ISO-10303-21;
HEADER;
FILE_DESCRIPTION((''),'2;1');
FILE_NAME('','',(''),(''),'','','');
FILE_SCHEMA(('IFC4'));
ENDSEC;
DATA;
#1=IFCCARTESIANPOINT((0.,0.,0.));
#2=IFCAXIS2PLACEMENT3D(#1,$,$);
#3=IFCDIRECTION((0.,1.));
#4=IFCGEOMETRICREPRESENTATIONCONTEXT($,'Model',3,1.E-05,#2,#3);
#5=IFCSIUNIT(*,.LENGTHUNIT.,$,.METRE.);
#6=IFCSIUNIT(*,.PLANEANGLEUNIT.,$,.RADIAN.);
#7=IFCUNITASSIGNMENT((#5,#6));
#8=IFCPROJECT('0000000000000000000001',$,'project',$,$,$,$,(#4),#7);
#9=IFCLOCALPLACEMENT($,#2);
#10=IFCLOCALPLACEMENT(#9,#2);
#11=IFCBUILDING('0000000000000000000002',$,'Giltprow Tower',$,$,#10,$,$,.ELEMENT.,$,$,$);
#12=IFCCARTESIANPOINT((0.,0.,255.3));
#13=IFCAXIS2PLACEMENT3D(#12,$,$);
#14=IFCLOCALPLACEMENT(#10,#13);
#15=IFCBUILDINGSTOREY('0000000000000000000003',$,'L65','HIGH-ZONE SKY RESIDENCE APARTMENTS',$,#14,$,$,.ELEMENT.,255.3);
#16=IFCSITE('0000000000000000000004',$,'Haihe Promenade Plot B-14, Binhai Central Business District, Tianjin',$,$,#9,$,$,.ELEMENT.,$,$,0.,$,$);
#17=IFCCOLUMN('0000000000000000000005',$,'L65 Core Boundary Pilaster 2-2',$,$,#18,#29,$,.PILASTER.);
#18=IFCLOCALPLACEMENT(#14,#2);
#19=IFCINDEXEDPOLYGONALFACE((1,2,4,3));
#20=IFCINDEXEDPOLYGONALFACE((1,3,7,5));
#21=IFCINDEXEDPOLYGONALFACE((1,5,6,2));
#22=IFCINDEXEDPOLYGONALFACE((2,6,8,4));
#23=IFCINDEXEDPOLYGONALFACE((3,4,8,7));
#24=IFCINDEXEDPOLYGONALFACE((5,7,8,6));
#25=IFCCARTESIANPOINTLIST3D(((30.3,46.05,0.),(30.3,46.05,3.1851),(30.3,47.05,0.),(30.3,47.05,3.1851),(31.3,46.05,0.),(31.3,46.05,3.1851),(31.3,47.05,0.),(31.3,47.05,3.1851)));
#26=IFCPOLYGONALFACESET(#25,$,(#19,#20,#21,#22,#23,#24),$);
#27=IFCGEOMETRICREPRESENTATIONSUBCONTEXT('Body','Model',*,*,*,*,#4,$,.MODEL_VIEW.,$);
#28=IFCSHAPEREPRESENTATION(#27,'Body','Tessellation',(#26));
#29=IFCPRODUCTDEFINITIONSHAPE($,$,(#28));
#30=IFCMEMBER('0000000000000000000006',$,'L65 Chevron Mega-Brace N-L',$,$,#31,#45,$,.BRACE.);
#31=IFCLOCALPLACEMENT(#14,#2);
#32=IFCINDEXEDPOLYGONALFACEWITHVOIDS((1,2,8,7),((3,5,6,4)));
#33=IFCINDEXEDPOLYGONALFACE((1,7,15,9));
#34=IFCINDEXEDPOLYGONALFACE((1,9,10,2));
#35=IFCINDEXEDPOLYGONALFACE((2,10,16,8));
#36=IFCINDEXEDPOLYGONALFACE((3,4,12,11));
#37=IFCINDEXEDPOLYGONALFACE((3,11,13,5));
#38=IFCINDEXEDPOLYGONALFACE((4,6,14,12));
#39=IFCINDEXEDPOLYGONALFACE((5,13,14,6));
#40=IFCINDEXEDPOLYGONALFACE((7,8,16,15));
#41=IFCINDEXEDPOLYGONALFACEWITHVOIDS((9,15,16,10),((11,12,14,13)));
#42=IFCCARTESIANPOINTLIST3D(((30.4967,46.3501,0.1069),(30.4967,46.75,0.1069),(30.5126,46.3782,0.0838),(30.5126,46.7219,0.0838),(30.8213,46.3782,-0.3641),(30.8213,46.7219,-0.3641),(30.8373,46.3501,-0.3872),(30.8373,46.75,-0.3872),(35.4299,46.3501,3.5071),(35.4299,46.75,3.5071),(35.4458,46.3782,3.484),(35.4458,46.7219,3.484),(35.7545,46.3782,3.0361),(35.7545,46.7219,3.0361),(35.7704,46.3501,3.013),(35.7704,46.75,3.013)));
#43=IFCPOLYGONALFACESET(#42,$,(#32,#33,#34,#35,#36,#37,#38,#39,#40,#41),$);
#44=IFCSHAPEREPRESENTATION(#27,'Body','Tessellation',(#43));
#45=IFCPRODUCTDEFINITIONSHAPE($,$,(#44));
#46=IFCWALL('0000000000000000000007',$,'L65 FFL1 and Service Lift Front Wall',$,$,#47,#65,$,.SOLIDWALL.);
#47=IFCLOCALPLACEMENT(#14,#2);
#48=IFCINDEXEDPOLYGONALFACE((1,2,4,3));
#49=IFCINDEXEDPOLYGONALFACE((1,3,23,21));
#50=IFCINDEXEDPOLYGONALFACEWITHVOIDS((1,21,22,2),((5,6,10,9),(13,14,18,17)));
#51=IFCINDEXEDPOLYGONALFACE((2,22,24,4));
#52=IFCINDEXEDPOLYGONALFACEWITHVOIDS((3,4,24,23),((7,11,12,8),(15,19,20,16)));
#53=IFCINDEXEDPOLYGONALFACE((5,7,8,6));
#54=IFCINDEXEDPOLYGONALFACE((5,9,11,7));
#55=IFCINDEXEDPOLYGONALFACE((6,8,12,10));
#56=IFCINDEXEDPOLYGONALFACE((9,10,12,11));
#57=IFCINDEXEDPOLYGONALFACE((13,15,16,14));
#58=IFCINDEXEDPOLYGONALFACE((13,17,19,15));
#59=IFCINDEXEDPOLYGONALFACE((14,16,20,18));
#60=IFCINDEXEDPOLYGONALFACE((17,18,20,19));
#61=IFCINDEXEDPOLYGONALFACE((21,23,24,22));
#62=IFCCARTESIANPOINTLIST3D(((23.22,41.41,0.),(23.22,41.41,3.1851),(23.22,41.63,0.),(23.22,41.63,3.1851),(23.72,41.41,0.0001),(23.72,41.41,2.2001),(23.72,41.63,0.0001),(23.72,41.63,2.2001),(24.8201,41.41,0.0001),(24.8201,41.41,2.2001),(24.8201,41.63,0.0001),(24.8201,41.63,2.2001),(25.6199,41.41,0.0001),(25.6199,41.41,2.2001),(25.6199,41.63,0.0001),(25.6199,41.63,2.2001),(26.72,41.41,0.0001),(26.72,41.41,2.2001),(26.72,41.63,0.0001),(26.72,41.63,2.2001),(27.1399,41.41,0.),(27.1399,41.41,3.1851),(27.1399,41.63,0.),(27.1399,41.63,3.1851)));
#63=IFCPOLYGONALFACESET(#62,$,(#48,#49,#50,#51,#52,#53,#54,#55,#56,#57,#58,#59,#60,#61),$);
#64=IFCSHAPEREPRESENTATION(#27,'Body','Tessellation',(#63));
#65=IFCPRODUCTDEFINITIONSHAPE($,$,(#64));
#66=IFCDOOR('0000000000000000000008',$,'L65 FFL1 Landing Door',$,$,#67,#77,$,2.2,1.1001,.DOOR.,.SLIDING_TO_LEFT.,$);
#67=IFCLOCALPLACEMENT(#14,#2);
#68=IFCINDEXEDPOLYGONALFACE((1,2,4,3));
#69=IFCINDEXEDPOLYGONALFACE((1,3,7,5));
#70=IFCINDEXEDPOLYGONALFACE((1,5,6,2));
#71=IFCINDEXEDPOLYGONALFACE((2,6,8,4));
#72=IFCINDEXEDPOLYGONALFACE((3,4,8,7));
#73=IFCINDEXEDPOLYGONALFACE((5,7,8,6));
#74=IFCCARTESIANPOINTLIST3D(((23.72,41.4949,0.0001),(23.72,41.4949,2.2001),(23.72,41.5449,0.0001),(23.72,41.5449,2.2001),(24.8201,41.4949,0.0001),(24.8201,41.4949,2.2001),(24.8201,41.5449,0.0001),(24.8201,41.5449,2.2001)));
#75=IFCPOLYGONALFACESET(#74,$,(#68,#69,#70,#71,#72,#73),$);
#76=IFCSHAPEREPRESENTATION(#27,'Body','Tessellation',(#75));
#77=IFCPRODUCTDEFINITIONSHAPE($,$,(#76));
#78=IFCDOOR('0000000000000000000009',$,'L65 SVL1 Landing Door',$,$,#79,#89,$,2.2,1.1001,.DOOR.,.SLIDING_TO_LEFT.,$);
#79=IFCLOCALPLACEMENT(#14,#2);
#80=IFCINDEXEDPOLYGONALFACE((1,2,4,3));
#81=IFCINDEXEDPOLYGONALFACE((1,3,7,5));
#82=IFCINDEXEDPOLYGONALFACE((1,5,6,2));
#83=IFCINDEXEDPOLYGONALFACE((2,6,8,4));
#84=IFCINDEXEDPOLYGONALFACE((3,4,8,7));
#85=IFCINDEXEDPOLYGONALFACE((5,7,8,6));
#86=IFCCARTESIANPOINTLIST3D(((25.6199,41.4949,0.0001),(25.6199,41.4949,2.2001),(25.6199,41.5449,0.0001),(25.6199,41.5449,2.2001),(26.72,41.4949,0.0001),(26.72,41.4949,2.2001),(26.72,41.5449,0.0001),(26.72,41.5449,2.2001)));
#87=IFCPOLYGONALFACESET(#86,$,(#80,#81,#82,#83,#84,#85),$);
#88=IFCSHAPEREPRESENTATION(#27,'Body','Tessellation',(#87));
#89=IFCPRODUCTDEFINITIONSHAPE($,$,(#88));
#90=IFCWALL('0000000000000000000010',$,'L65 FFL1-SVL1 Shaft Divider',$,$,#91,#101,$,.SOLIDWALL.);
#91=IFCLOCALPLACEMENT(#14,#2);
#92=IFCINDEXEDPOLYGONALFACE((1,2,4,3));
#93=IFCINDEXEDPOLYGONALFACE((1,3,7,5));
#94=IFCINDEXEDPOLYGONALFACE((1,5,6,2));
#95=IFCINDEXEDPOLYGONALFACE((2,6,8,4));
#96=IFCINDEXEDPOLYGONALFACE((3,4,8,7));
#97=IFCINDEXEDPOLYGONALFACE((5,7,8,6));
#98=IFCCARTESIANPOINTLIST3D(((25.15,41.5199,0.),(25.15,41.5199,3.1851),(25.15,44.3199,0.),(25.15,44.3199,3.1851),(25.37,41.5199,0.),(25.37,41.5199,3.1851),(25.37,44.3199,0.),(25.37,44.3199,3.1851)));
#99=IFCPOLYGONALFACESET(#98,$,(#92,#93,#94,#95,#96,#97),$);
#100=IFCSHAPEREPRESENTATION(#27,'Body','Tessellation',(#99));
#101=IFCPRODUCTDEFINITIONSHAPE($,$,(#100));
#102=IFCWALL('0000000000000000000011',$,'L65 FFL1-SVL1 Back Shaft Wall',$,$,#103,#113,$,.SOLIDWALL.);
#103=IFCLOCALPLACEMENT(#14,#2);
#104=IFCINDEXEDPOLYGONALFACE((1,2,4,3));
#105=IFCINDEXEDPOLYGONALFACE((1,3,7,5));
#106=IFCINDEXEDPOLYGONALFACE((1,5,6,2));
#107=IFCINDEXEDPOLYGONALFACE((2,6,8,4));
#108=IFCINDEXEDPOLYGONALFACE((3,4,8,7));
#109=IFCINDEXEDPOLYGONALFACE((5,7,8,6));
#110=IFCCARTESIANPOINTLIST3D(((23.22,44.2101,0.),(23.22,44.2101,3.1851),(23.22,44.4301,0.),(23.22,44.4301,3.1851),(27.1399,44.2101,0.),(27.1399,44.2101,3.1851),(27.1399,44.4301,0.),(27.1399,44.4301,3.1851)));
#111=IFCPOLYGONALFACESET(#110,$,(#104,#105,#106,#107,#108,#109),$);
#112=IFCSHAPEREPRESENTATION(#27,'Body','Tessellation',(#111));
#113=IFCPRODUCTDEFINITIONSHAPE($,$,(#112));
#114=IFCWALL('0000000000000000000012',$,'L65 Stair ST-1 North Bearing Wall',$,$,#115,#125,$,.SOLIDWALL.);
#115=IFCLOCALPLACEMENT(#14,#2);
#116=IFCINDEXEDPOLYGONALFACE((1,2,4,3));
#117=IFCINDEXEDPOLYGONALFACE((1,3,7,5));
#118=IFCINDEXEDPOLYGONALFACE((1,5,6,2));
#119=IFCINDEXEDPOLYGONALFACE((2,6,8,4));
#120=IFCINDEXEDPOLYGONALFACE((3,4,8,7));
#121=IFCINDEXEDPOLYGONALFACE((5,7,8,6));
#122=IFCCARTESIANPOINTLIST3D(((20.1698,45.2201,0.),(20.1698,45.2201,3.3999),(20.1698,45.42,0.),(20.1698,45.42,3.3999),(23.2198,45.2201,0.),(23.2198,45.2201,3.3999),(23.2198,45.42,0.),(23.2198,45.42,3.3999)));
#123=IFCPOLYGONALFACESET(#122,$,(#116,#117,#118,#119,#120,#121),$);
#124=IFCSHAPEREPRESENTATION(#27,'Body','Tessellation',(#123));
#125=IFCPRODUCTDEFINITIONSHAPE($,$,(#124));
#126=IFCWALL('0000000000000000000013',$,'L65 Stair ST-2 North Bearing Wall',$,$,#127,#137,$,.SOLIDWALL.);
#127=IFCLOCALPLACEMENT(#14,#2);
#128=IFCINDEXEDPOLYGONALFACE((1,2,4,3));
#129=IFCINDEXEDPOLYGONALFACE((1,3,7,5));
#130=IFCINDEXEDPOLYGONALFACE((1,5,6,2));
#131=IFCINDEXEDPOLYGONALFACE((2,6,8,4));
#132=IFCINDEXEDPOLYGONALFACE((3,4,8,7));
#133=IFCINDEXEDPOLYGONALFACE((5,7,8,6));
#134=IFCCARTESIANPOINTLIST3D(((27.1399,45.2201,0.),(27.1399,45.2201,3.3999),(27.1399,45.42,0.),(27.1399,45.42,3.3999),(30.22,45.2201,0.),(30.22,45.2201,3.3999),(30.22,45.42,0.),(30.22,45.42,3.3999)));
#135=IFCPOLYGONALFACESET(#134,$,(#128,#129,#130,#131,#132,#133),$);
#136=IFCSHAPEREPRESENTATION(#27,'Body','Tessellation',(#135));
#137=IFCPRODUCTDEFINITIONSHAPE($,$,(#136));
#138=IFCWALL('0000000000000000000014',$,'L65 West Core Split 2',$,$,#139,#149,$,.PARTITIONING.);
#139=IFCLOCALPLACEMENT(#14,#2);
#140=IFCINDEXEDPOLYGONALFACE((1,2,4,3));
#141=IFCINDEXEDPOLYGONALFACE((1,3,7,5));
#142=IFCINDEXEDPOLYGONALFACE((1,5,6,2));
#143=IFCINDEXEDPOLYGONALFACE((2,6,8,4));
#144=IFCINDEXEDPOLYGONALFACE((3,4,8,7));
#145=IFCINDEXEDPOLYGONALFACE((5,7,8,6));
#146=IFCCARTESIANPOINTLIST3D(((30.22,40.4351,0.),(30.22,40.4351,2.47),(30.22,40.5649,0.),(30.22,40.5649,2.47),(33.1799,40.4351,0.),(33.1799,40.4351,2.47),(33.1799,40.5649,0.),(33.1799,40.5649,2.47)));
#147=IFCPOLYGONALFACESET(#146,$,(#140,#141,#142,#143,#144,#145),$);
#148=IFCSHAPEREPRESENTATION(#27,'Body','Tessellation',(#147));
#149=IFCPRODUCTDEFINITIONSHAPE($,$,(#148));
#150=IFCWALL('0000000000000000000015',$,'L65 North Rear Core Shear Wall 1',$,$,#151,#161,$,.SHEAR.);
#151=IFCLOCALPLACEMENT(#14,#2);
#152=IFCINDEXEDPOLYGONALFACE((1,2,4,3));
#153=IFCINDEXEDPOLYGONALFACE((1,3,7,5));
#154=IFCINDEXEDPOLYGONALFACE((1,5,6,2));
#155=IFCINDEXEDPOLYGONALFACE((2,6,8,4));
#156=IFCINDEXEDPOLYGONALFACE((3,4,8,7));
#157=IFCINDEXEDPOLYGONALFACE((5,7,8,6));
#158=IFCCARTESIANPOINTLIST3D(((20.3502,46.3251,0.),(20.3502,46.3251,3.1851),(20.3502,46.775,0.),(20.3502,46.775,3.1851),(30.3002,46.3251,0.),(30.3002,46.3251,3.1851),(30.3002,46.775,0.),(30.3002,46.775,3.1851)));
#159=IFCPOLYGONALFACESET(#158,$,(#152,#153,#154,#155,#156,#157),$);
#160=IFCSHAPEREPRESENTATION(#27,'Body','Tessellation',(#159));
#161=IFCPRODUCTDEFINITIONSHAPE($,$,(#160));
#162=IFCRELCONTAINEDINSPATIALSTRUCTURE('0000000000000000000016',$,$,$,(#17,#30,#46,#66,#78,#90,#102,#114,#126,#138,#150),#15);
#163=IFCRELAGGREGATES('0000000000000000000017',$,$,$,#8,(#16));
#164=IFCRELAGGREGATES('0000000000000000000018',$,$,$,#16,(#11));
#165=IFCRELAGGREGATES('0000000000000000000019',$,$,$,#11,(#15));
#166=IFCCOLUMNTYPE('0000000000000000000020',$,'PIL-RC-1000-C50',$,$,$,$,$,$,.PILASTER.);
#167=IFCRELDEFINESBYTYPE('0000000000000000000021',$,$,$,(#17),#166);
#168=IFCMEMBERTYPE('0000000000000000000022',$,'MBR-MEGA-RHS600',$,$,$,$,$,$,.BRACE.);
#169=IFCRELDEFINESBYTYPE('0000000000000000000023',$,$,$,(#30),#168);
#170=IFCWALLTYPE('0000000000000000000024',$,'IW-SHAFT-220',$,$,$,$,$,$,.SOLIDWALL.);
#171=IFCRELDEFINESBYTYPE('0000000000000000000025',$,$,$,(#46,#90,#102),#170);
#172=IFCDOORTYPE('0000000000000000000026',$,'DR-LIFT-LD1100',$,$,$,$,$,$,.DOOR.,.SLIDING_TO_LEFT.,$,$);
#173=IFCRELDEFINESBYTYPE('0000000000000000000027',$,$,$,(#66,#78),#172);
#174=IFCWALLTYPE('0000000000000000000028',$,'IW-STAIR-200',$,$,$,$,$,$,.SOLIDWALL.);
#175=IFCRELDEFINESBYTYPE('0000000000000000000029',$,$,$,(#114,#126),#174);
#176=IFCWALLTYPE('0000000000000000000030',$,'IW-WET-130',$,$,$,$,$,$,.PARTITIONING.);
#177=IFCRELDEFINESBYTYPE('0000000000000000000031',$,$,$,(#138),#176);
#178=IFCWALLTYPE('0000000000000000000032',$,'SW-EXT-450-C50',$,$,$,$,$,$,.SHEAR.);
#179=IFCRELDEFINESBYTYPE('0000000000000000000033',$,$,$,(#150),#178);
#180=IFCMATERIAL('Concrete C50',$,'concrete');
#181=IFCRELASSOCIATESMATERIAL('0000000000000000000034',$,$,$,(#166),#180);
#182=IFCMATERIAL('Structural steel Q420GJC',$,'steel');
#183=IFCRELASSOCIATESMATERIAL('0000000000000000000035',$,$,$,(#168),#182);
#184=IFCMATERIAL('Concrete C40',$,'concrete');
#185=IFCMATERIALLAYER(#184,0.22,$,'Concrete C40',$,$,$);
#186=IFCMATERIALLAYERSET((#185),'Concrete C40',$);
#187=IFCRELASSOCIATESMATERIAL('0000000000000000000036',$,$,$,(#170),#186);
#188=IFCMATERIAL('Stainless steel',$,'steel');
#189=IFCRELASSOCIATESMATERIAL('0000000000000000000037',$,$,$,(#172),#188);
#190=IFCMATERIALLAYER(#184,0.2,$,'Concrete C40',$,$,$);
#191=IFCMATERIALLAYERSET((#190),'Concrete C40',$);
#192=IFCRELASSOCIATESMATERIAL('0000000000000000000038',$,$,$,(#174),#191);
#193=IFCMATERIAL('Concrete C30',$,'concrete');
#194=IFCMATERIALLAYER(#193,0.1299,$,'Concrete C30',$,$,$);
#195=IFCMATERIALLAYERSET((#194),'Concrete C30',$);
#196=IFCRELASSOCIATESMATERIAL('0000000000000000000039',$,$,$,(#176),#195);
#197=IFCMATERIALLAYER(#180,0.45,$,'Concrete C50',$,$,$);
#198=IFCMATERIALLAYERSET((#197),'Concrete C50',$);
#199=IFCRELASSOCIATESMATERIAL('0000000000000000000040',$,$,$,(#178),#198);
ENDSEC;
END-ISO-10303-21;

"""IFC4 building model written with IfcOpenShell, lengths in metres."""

from ifc_helpers import new_model, si_unit, direction, frame, frame_2d, origin, origin_2d, place, context, subcontext, project, spatial, rectangle, hollow_rectangle, extrude, source, transform, mapped, material, layer, layer_set, material_profile, profile_set, type_object, element, fill, save


model = new_model("IFC4")

# Units and contexts
model_context = context("Model", 3, precision=1e-05, world=origin(), true_north=direction((0.0, 1.0)))
body_context = subcontext(model_context, "Body", "Model", "MODEL_VIEW")
ifc_project = project(units=[si_unit("LENGTHUNIT", "METRE"), si_unit("PLANEANGLEUNIT", "RADIAN")], contexts=[model_context])

# Site, building, storey
site_placement = place(None, origin())
site = spatial("IfcSite", under=ifc_project, at=site_placement, Name="Haihe Promenade Plot B-14, Binhai Central Business District, Tianjin", CompositionType="ELEMENT", RefElevation=0.0)
building_placement = place(site_placement, origin())
building = spatial("IfcBuilding", under=site, at=building_placement, Name="Giltprow Tower", CompositionType="ELEMENT")
storey_placement = place(building_placement, frame((0.0, 0.0, 255.3)))
storey = spatial("IfcBuildingStorey", under=building, at=storey_placement, Name="L65", Description="HIGH-ZONE SKY RESIDENCE APARTMENTS", CompositionType="ELEMENT", Elevation=255.3)

# Column
ifc_material_1 = material(Name="Concrete C50", Category="concrete")
ifc_material_profile_1 = material_profile(ifc_material_1, rectangle(XDim=1.0, YDim=1.0, at=origin_2d()), Name="RC 1000x1000")
ifc_profile_set_1 = profile_set([ifc_material_profile_1], Name="Concrete C50")
column_type = type_object("IfcColumnType", Name="PIL-RC-1000-C50", PredefinedType="PILASTER", material=ifc_profile_set_1)
shared_shape_1 = source(origin(), body_context, "Body", "SweptSolid", [
    extrude(rectangle(XDim=1.0, YDim=1.0, at=origin_2d()), origin(), (0.0, 0.0, 1.0), 3.1851),
])
column_placement = place(storey_placement, frame((30.8, 46.55, 0.0), z_axis=(0.0, 0.0, 1.0), x_axis=(1.0, 0.0, 0.0)))
element("IfcColumn", 1, at=column_placement, inside=storey, type_object=column_type, Name="L65 Core Boundary Pilaster 2-2", PredefinedType="PILASTER", context=body_context, shape_type="MappedRepresentation", body=[
    mapped(shared_shape_1, transform((0.0, 0.0, 0.0), x_axis=(1.0, 0.0, 0.0), y_axis=(0.0, 1.0, 0.0), z_axis=(0.0, 0.0, 1.0), scale=1.0)),
])

# Member
ifc_material_2 = material(Name="Structural steel Q420GJC", Category="steel")
ifc_material_profile_2 = material_profile(ifc_material_2, hollow_rectangle(XDim=0.3999, YDim=0.6001, WallThickness=0.0281, at=origin_2d()), Name="RHS 600x400x28")
ifc_profile_set_2 = profile_set([ifc_material_profile_2], Name="Structural steel Q420GJC")
member_type = type_object("IfcMemberType", Name="MBR-MEGA-RHS600", PredefinedType="BRACE", material=ifc_profile_set_2)
shared_shape_2 = source(origin(), body_context, "Body", "SweptSolid", [
    extrude(hollow_rectangle(XDim=0.3999, YDim=0.6001, WallThickness=0.0281, at=origin_2d()), origin(), (0.0, 0.0, 1.0), 5.9915),
])
member_placement = place(storey_placement, frame((30.667, 46.55, -0.1401), z_axis=(0.823368, 0.0, 0.567507), x_axis=(0.0, 1.0, 0.0)))
element("IfcMember", 2, at=member_placement, inside=storey, type_object=member_type, Name="L65 Chevron Mega-Brace N-L", PredefinedType="BRACE", context=body_context, shape_type="MappedRepresentation", body=[
    mapped(shared_shape_2, transform((0.0, 0.0, 0.0), x_axis=(1.0, 0.0, 0.0), y_axis=(0.0, 1.0, 0.0), z_axis=(0.0, 0.0, 1.0), scale=1.0)),
])

# Wall, openings, doors
ifc_material_3 = material(Name="Concrete C40", Category="concrete")
ifc_layer_1 = layer(ifc_material_3, 0.22, Name="Concrete C40")
ifc_layer_set_1 = layer_set([ifc_layer_1], Name="Concrete C40")
wall_type_1 = type_object("IfcWallType", Name="IW-SHAFT-220", PredefinedType="SOLIDWALL", material=ifc_layer_set_1)
wall_1_placement = place(storey_placement, frame((23.22, 41.52, 0.0), z_axis=(0.0, 0.0, 1.0), x_axis=(1.0, 0.0, 0.0)))
wall_1 = element("IfcWall", 3, at=wall_1_placement, inside=storey, type_object=wall_type_1, Name="L65 FFL1 and Service Lift Front Wall", PredefinedType="SOLIDWALL", context=body_context, shape_type="SweptSolid", body=[
    extrude(rectangle(XDim=3.9199, YDim=0.22, at=frame_2d((1.96, 0.0))), origin(), (0.0, 0.0, 1.0), 3.1851),
])
opening_1_placement = place(wall_1_placement, frame((0.5, 0.0, 0.0)))
opening_1 = element("IfcOpeningElement", 4, at=opening_1_placement, cuts=wall_1, PredefinedType="OPENING", context=body_context, shape_type="SweptSolid", body=[
    extrude(rectangle(XDim=1.1001, YDim=2.2, at=frame_2d((0.55, 1.1001))), frame((0.0, 0.1199, 0.0), z_axis=(0.0, -1.0, 0.0), x_axis=(1.0, 0.0, 0.0)), (0.0, 0.0, 1.0), 0.24),
])
opening_2_placement = place(wall_1_placement, frame((2.3999, 0.0, 0.0)))
opening_2 = element("IfcOpeningElement", 5, at=opening_2_placement, cuts=wall_1, PredefinedType="OPENING", context=body_context, shape_type="SweptSolid", body=[
    extrude(rectangle(XDim=1.1001, YDim=2.2, at=frame_2d((0.55, 1.1001))), frame((0.0, 0.1199, 0.0), z_axis=(0.0, -1.0, 0.0), x_axis=(1.0, 0.0, 0.0)), (0.0, 0.0, 1.0), 0.24),
])
ifc_material_4 = material(Name="Stainless steel", Category="steel")
door_type = type_object("IfcDoorType", Name="DR-LIFT-LD1100", OperationType="SLIDING_TO_LEFT", PredefinedType="DOOR", material=ifc_material_4)
shared_shape_3 = source(origin(), body_context, "Body", "SweptSolid", [
    extrude(rectangle(XDim=1.1001, YDim=2.2, at=frame_2d((0.55, 1.1001))), frame((0.0, 0.0249, 0.0), z_axis=(0.0, -1.0, 0.0), x_axis=(1.0, 0.0, 0.0)), (0.0, 0.0, 1.0), 0.05),
])
door_1_placement = place(opening_1_placement, origin())
door_1 = element("IfcDoor", 6, at=door_1_placement, inside=storey, type_object=door_type, Name="L65 FFL1 Landing Door", OperationType="SLIDING_TO_LEFT", OverallHeight=2.2, OverallWidth=1.1001, PredefinedType="DOOR", context=body_context, shape_type="MappedRepresentation", body=[
    mapped(shared_shape_3, transform((0.0, 0.0, 0.0), x_axis=(1.0, 0.0, 0.0), y_axis=(0.0, 1.0, 0.0), z_axis=(0.0, 0.0, 1.0), scale=1.0)),
])
fill(opening_1, door_1)
door_2_placement = place(opening_2_placement, origin())
door_2 = element("IfcDoor", 7, at=door_2_placement, inside=storey, type_object=door_type, Name="L65 SVL1 Landing Door", OperationType="SLIDING_TO_LEFT", OverallHeight=2.2, OverallWidth=1.1001, PredefinedType="DOOR", context=body_context, shape_type="MappedRepresentation", body=[
    mapped(shared_shape_3, transform((0.0, 0.0, 0.0), x_axis=(1.0, 0.0, 0.0), y_axis=(0.0, 1.0, 0.0), z_axis=(0.0, 0.0, 1.0), scale=1.0)),
])
fill(opening_2, door_2)

# Walls
wall_2_placement = place(storey_placement, frame((25.26, 41.52, 0.0), z_axis=(0.0, 0.0, 1.0), x_axis=(0.0, 1.0, 0.0)))
element("IfcWall", 8, at=wall_2_placement, inside=storey, type_object=wall_type_1, Name="L65 FFL1-SVL1 Shaft Divider", PredefinedType="SOLIDWALL", context=body_context, shape_type="SweptSolid", body=[
    extrude(rectangle(XDim=2.8, YDim=0.22, at=frame_2d((1.3999, 0.0))), origin(), (0.0, 0.0, 1.0), 3.1851),
])
wall_3_placement = place(storey_placement, frame((23.22, 44.3201, 0.0), z_axis=(0.0, 0.0, 1.0), x_axis=(1.0, 0.0, 0.0)))
element("IfcWall", 9, at=wall_3_placement, inside=storey, type_object=wall_type_1, Name="L65 FFL1-SVL1 Back Shaft Wall", PredefinedType="SOLIDWALL", context=body_context, shape_type="SweptSolid", body=[
    extrude(rectangle(XDim=3.9199, YDim=0.22, at=frame_2d((1.96, 0.0))), origin(), (0.0, 0.0, 1.0), 3.1851),
])
ifc_layer_2 = layer(ifc_material_3, 0.2, Name="Concrete C40")
ifc_layer_set_2 = layer_set([ifc_layer_2], Name="Concrete C40")
wall_type_2 = type_object("IfcWallType", Name="IW-STAIR-200", PredefinedType="SOLIDWALL", material=ifc_layer_set_2)
wall_4_placement = place(storey_placement, frame((20.1699, 45.3201, 0.0), z_axis=(0.0, 0.0, 1.0), x_axis=(1.0, 0.0, 0.0)))
element("IfcWall", 10, at=wall_4_placement, inside=storey, type_object=wall_type_2, Name="L65 Stair ST-1 North Bearing Wall", PredefinedType="SOLIDWALL", context=body_context, shape_type="SweptSolid", body=[
    extrude(rectangle(XDim=3.05, YDim=0.2, at=frame_2d((1.5249, 0.0))), origin(), (0.0, 0.0, 1.0), 3.3999),
])
wall_5_placement = place(storey_placement, frame((27.1399, 45.3201, 0.0), z_axis=(0.0, 0.0, 1.0), x_axis=(1.0, 0.0, 0.0)))
element("IfcWall", 11, at=wall_5_placement, inside=storey, type_object=wall_type_2, Name="L65 Stair ST-2 North Bearing Wall", PredefinedType="SOLIDWALL", context=body_context, shape_type="SweptSolid", body=[
    extrude(rectangle(XDim=3.0801, YDim=0.2, at=frame_2d((1.54, 0.0))), origin(), (0.0, 0.0, 1.0), 3.3999),
])
ifc_material_5 = material(Name="Concrete C30", Category="concrete")
ifc_layer_3 = layer(ifc_material_5, 0.1299, Name="Concrete C30")
ifc_layer_set_3 = layer_set([ifc_layer_3], Name="Concrete C30")
wall_type_3 = type_object("IfcWallType", Name="IW-WET-130", PredefinedType="PARTITIONING", material=ifc_layer_set_3)
wall_6_placement = place(storey_placement, frame((30.22, 40.5, 0.0), z_axis=(0.0, 0.0, 1.0), x_axis=(1.0, 0.0, 0.0)))
element("IfcWall", 12, at=wall_6_placement, inside=storey, type_object=wall_type_3, Name="L65 West Core Split 2", PredefinedType="PARTITIONING", context=body_context, shape_type="SweptSolid", body=[
    extrude(rectangle(XDim=2.96, YDim=0.1299, at=frame_2d((1.48, 0.0))), origin(), (0.0, 0.0, 1.0), 2.47),
])
ifc_layer_4 = layer(ifc_material_1, 0.45, Name="Concrete C50")
ifc_layer_set_4 = layer_set([ifc_layer_4], Name="Concrete C50")
wall_type_4 = type_object("IfcWallType", Name="SW-EXT-450-C50", PredefinedType="SHEAR", material=ifc_layer_set_4)
wall_7_placement = place(storey_placement, frame((20.3501, 46.55, 0.0), z_axis=(0.0, 0.0, 1.0), x_axis=(1.0, 0.0, 0.0)))
element("IfcWall", 13, at=wall_7_placement, inside=storey, type_object=wall_type_4, Name="L65 North Rear Core Shear Wall 1", PredefinedType="SHEAR", context=body_context, shape_type="SweptSolid", body=[
    extrude(rectangle(XDim=9.95, YDim=0.45, at=frame_2d((4.9751, 0.0))), origin(), (0.0, 0.0, 1.0), 3.1851),
])

save(model, "model.ifc")
